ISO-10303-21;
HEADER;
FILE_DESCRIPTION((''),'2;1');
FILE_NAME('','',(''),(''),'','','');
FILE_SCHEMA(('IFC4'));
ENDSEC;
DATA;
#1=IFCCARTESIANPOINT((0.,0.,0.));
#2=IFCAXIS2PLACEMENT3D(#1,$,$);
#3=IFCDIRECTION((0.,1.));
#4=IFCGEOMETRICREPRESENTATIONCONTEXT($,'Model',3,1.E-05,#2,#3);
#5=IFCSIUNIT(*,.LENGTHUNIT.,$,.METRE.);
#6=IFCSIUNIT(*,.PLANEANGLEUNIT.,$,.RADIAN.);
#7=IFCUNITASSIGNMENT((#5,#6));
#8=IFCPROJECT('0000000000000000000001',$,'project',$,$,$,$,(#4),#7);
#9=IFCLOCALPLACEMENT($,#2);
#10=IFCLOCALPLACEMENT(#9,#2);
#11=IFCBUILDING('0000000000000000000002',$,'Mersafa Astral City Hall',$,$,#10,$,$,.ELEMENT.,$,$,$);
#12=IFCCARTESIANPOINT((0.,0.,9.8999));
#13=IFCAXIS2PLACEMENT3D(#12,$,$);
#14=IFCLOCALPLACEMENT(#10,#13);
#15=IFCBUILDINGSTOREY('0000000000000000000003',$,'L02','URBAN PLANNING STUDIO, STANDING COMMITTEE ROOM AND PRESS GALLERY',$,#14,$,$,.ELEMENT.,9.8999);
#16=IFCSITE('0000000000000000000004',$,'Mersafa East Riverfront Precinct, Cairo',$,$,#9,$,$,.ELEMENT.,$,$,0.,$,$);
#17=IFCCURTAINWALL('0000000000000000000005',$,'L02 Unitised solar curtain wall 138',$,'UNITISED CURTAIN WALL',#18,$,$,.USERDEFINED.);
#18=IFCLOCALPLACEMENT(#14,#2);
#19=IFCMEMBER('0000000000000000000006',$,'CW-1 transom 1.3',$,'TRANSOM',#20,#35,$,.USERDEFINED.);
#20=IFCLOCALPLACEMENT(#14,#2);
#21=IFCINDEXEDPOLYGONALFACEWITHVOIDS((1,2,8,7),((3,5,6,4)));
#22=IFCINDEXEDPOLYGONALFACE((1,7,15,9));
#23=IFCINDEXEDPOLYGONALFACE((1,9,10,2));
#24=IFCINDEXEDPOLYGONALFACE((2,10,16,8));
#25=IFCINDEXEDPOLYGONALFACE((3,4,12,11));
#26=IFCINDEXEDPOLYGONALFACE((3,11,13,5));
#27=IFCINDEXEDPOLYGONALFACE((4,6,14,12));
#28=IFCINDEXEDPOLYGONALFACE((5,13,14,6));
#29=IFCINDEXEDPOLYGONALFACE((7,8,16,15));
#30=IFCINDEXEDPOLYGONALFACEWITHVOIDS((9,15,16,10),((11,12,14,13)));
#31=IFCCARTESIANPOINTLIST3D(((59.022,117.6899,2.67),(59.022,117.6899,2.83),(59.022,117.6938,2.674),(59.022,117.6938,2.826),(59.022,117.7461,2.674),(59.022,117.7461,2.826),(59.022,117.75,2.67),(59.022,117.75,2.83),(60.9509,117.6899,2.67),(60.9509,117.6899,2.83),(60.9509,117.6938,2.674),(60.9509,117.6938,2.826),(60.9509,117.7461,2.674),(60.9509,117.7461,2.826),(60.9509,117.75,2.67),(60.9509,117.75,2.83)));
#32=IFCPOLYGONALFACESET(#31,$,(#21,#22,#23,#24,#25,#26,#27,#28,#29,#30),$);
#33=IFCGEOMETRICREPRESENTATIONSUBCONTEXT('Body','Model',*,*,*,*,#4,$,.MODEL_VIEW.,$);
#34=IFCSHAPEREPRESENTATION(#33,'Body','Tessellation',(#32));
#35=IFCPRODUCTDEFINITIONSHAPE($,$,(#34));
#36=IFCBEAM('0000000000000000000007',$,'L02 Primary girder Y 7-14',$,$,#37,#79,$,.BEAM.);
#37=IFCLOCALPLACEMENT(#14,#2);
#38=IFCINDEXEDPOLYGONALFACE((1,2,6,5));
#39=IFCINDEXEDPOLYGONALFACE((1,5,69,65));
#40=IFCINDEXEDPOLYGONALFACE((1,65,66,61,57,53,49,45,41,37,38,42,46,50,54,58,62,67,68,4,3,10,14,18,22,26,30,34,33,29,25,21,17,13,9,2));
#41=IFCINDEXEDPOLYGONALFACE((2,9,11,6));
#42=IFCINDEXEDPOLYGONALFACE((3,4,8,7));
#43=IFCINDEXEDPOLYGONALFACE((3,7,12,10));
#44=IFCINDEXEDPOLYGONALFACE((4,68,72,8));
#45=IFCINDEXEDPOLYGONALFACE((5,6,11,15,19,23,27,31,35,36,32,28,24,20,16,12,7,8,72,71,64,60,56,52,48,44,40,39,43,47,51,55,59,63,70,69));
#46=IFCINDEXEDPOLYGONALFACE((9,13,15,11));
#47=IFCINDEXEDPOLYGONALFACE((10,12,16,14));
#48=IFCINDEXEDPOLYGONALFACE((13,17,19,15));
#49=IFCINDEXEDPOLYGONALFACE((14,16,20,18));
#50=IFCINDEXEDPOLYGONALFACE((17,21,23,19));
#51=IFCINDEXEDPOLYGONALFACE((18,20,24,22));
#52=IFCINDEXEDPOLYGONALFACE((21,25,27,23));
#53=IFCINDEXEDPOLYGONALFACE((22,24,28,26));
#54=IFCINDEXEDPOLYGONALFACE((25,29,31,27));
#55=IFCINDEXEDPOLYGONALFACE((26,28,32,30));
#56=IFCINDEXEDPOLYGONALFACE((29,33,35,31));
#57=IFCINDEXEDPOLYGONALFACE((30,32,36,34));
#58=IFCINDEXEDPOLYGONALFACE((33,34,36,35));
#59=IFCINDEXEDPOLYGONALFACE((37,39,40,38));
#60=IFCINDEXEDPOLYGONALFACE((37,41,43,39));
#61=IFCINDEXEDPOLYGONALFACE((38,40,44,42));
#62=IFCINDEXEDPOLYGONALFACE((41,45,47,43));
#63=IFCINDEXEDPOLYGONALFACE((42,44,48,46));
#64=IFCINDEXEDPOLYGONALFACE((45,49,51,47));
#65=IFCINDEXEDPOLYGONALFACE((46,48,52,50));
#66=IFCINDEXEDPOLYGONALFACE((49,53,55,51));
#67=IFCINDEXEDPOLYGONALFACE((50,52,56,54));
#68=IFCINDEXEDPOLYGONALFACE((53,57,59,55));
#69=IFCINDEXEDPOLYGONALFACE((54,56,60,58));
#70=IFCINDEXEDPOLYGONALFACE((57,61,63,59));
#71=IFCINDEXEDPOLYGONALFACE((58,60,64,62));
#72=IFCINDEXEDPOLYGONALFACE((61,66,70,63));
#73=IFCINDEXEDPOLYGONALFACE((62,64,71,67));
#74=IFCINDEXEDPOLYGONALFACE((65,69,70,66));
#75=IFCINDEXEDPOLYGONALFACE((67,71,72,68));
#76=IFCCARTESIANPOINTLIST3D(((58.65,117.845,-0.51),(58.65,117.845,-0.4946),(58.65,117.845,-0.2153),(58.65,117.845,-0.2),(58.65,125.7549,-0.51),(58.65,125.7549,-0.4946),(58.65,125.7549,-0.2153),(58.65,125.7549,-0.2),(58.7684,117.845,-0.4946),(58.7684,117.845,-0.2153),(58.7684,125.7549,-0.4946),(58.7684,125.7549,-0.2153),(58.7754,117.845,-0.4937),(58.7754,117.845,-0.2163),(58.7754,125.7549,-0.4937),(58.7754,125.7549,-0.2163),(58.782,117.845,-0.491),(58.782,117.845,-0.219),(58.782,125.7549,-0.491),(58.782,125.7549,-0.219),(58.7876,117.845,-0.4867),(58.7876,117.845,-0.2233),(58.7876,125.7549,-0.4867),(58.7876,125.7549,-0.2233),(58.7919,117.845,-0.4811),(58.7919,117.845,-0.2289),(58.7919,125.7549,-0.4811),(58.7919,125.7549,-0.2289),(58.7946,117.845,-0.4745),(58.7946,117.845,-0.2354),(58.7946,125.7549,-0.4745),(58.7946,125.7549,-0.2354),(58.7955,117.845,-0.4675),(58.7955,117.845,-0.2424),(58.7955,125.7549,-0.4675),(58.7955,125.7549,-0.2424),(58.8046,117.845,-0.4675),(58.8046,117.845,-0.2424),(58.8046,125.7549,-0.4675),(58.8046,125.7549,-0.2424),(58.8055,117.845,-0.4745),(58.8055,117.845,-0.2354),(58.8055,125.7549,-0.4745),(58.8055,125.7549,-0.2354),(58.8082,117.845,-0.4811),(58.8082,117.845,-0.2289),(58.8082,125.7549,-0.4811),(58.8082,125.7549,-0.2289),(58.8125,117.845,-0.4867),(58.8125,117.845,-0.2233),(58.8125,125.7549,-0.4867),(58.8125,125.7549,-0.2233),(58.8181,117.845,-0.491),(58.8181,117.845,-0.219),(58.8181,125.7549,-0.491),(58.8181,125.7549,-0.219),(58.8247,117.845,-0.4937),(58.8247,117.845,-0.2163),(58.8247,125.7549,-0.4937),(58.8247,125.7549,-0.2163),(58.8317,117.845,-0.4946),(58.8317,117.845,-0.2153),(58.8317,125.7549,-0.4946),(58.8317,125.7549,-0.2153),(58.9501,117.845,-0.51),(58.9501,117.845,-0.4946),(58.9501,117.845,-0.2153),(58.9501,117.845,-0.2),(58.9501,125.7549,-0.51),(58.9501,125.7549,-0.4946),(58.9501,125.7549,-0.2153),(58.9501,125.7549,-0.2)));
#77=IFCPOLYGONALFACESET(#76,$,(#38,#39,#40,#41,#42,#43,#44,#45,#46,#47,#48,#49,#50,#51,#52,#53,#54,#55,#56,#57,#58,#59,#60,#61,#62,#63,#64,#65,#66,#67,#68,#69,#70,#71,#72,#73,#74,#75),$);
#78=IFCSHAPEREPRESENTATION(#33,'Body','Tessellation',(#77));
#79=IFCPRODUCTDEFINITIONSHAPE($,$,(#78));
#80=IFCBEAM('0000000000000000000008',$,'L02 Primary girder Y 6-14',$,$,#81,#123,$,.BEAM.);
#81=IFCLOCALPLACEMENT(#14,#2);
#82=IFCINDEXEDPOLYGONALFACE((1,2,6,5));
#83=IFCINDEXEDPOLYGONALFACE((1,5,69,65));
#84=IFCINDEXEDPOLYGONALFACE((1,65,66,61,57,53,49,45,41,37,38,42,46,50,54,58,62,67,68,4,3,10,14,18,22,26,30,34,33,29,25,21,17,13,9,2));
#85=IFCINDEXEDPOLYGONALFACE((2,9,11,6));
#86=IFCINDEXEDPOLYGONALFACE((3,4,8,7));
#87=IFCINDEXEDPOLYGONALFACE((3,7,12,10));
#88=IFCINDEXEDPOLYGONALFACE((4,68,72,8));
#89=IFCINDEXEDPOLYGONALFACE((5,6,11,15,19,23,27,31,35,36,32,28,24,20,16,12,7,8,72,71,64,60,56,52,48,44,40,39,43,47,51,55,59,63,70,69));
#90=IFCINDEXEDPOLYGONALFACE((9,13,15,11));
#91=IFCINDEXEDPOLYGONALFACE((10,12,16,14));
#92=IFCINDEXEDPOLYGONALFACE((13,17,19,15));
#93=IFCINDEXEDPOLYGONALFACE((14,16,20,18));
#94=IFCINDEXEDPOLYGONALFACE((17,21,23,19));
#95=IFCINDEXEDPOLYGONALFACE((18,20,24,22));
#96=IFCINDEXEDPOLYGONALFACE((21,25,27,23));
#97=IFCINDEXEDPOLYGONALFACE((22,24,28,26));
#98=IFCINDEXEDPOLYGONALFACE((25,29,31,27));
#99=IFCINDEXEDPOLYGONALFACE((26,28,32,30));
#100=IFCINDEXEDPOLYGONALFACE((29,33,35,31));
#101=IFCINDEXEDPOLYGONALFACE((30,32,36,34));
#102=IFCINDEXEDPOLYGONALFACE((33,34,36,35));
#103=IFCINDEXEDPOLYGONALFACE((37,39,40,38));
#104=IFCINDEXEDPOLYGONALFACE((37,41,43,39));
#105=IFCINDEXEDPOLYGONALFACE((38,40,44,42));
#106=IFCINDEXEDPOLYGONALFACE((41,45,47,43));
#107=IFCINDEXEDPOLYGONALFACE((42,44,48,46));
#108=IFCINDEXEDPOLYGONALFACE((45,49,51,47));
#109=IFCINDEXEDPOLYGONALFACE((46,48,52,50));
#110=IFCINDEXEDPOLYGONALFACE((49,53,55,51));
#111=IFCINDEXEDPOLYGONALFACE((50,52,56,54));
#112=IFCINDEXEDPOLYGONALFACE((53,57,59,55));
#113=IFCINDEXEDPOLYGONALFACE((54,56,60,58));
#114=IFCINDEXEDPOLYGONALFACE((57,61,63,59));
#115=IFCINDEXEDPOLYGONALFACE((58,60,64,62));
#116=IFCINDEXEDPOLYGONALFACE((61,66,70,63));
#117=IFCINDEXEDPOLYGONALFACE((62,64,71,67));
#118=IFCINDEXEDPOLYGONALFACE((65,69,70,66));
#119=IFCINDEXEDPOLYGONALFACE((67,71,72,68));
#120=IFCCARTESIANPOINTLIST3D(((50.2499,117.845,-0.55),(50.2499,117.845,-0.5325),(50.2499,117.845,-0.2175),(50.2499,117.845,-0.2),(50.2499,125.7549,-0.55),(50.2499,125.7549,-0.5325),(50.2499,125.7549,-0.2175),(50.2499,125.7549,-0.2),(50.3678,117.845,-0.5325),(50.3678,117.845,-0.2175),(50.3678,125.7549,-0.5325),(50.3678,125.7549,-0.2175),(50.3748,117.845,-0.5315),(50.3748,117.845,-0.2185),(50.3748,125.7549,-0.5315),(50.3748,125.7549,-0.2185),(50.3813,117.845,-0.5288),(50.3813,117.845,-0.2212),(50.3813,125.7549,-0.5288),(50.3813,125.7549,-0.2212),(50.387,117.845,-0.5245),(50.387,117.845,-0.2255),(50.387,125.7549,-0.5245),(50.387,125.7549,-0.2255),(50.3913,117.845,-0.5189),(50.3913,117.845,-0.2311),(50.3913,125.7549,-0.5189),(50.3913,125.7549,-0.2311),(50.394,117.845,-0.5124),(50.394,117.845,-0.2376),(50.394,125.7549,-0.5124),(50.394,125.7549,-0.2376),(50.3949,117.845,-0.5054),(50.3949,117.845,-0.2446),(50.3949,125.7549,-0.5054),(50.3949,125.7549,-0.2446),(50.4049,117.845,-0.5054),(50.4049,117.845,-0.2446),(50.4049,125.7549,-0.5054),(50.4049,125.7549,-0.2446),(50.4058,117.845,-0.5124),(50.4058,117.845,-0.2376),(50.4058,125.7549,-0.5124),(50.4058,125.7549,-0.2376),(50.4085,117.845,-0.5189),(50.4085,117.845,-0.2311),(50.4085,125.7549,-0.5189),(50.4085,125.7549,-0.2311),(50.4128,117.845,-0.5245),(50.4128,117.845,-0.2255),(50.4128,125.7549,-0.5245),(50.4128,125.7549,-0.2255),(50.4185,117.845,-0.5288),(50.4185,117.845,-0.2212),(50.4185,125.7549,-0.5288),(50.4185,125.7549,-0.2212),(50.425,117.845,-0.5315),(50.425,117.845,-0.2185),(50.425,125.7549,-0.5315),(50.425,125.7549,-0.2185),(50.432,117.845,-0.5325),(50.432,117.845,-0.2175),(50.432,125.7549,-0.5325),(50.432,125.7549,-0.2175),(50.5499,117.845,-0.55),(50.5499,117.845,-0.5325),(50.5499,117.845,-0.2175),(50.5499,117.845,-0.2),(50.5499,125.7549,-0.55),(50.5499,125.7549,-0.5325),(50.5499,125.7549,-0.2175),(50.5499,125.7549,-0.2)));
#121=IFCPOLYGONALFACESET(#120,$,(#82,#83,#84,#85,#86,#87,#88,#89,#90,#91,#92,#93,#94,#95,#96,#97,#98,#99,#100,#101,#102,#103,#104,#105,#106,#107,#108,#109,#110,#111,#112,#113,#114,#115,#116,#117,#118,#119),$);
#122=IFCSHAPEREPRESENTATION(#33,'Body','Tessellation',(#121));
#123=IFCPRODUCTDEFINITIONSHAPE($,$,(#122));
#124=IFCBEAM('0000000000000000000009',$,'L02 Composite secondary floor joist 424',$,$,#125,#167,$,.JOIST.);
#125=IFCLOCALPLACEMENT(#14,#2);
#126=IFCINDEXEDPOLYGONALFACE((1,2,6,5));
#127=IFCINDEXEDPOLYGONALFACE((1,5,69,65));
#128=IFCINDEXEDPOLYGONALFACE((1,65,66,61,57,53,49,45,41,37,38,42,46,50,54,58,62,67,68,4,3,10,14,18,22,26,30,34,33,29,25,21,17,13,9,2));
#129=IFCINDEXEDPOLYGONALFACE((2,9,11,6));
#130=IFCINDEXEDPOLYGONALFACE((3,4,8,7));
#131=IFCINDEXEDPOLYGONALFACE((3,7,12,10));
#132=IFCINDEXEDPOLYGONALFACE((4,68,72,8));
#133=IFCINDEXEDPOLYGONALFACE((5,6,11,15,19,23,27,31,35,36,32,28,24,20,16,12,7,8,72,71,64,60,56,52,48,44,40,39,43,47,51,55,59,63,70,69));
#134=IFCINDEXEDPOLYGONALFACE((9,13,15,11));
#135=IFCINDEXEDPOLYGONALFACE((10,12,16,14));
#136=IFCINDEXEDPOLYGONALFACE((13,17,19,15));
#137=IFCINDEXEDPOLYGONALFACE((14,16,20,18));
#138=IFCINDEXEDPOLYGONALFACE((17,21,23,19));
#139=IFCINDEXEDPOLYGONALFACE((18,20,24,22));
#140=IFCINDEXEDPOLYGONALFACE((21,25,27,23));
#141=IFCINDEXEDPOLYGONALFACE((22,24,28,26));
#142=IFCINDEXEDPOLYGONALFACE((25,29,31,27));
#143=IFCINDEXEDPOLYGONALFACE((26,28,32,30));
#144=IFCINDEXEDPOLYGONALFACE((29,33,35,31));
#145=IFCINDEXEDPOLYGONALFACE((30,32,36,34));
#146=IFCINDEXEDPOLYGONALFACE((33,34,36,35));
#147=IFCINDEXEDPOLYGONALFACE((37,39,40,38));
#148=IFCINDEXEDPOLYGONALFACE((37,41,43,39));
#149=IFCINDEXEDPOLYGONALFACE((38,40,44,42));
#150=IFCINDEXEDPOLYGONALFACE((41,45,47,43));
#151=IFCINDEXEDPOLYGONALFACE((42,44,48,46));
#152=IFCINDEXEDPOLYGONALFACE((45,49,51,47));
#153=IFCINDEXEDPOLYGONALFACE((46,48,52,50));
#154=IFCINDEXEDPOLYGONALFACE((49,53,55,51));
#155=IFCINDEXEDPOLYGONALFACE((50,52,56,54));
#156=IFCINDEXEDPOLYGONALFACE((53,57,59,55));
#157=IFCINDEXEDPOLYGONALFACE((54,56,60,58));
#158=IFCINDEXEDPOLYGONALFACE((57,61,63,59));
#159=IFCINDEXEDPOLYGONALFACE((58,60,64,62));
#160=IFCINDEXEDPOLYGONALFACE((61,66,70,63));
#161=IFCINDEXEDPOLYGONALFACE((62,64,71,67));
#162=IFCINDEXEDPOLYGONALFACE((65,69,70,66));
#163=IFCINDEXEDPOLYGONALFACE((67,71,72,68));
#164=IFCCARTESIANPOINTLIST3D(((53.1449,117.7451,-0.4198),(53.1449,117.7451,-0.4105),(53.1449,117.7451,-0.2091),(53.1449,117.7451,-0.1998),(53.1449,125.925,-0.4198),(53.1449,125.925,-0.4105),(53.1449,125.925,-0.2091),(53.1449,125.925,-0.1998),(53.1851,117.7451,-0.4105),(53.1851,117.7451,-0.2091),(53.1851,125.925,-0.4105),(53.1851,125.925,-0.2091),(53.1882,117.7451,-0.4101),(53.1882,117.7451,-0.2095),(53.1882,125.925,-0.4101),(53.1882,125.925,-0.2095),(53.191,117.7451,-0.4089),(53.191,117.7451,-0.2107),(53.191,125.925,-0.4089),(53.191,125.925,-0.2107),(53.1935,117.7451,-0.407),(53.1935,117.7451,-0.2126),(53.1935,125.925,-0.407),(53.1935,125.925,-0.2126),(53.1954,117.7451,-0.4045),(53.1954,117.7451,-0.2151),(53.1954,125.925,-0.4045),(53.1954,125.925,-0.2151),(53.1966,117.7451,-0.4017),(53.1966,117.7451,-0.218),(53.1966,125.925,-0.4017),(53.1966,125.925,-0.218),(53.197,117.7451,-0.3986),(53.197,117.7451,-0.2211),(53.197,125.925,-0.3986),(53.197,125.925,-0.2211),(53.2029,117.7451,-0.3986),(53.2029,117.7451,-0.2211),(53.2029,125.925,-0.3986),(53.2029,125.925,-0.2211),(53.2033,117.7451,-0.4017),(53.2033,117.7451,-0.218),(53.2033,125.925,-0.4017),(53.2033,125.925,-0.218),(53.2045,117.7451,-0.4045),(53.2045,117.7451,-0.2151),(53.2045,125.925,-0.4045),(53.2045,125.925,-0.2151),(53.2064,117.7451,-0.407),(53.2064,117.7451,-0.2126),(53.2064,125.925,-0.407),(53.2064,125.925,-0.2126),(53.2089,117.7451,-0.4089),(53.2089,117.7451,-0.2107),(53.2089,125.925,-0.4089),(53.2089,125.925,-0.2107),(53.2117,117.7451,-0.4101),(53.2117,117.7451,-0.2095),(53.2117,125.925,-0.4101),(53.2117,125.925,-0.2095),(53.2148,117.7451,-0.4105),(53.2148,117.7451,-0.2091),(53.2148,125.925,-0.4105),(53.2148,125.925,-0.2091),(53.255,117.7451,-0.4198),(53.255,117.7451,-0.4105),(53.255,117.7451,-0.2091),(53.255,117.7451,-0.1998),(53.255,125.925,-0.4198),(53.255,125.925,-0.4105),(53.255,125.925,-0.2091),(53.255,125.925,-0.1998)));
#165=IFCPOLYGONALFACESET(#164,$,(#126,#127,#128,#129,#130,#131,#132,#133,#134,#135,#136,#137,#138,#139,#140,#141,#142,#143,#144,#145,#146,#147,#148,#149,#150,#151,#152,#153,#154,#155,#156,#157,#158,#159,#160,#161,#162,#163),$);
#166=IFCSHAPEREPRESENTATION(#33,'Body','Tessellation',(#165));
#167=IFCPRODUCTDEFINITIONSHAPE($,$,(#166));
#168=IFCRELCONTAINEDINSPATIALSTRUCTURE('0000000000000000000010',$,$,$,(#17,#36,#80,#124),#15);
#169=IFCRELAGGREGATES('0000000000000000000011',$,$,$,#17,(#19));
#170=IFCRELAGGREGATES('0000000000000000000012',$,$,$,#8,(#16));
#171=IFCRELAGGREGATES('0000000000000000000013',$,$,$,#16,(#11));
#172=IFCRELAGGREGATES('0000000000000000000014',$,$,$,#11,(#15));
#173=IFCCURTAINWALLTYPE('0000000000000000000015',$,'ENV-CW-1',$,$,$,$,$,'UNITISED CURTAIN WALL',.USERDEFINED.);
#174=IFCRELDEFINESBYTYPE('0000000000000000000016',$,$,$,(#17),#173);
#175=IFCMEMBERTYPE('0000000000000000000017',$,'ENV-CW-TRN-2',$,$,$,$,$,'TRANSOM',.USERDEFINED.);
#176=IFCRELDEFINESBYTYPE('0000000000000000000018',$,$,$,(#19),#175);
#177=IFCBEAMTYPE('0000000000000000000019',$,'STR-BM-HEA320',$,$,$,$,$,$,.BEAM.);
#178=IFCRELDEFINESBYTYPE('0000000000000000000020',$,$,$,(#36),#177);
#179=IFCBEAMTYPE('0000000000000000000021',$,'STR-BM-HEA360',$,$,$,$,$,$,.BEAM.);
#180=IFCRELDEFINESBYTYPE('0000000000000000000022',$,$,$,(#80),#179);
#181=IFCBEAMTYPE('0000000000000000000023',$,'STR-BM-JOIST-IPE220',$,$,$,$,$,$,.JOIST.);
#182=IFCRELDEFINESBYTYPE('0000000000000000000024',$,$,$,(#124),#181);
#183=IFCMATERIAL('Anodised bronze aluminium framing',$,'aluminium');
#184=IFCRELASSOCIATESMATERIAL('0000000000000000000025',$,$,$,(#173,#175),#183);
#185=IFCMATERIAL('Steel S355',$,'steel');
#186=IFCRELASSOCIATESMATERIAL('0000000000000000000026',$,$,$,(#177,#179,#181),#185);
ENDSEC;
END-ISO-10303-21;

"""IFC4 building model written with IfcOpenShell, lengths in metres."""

from ifc_helpers import new_model, si_unit, direction, frame, origin, origin_2d, place, context, subcontext, project, spatial, hollow_rectangle, i_section, extrude, material, material_profile, profile_set, type_object, element, aggregate, save


model = new_model("IFC4")

# Units and contexts
model_context = context("Model", 3, precision=1e-05, world=origin(), true_north=direction((0.0, 1.0)))
body_context = subcontext(model_context, "Body", "Model", "MODEL_VIEW")
ifc_project = project(units=[si_unit("LENGTHUNIT", "METRE"), si_unit("PLANEANGLEUNIT", "RADIAN")], contexts=[model_context])

# Site, building, storey
site_placement = place(None, origin())
site = spatial("IfcSite", under=ifc_project, at=site_placement, Name="Mersafa East Riverfront Precinct, Cairo", CompositionType="ELEMENT", RefElevation=0.0)
building_placement = place(site_placement, origin())
building = spatial("IfcBuilding", under=site, at=building_placement, Name="Mersafa Astral City Hall", CompositionType="ELEMENT")
storey_placement = place(building_placement, frame((0.0, 0.0, 9.8999)))
storey = spatial("IfcBuildingStorey", under=building, at=storey_placement, Name="L02", Description="URBAN PLANNING STUDIO, STANDING COMMITTEE ROOM AND PRESS GALLERY", CompositionType="ELEMENT", Elevation=9.8999)

# Shared definitions
ifc_material_1 = material(Name="Steel S355", Category="steel")

# Curtain wall, member
ifc_material_2 = material(Name="Anodised bronze aluminium framing", Category="aluminium")
curtain_wall_type = type_object("IfcCurtainWallType", Name="ENV-CW-1", ElementType="UNITISED CURTAIN WALL", PredefinedType="USERDEFINED", material=ifc_material_2)
curtain_wall_placement = place(storey_placement, origin())
curtain_wall = element("IfcCurtainWall", 1, at=curtain_wall_placement, inside=storey, type_object=curtain_wall_type, Name="L02 Unitised solar curtain wall 138", ObjectType="UNITISED CURTAIN WALL", PredefinedType="USERDEFINED")
ifc_material_profile_1 = material_profile(ifc_material_2, hollow_rectangle(XDim=0.0601, YDim=0.1599, WallThickness=0.0039, at=origin_2d()), Name="RHS 60x160x4")
ifc_profile_set_1 = profile_set([ifc_material_profile_1], Name="Anodised bronze aluminium framing")
member_type_1 = type_object("IfcMemberType", Name="ENV-CW-TRN-2", ElementType="TRANSOM", PredefinedType="USERDEFINED", material=ifc_profile_set_1)
member_1_placement = place(storey_placement, frame((59.022, 117.72, 2.75), z_axis=(1.0, 0.0, 0.0), x_axis=(0.0, 1.0, 0.0)))
member_1 = element("IfcMember", 2, at=member_1_placement, type_object=member_type_1, Name="CW-1 transom 1.3", ObjectType="TRANSOM", PredefinedType="USERDEFINED", context=body_context, shape_type="SweptSolid", body=[
    extrude(hollow_rectangle(XDim=0.0601, YDim=0.1599, WallThickness=0.0039, at=origin_2d()), origin(), (0.0, 0.0, 1.0), 1.929),
])
aggregate(curtain_wall, [member_1])

# Beams
ifc_material_profile_2 = material_profile(ifc_material_1, i_section(OverallWidth=0.3, OverallDepth=0.3101, WebThickness=0.009, FlangeThickness=0.0154, FilletRadius=0.0271, at=origin_2d()), Name="HEA 320")
ifc_profile_set_2 = profile_set([ifc_material_profile_2], Name="Steel S355")
beam_type_1 = type_object("IfcBeamType", Name="STR-BM-HEA320", PredefinedType="BEAM", material=ifc_profile_set_2)
beam_1_placement = place(storey_placement, frame((58.8, 117.845, -0.355), z_axis=(0.0, 1.0, 0.0), x_axis=(-1.0, 0.0, 0.0)))
element("IfcBeam", 3, at=beam_1_placement, inside=storey, type_object=beam_type_1, Name="L02 Primary girder Y 7-14", PredefinedType="BEAM", context=body_context, shape_type="SweptSolid", body=[
    extrude(i_section(OverallWidth=0.3, OverallDepth=0.3101, WebThickness=0.009, FlangeThickness=0.0154, FilletRadius=0.0271, at=origin_2d()), origin(), (0.0, 0.0, 1.0), 7.9099),
])
ifc_material_profile_3 = material_profile(ifc_material_1, i_section(OverallWidth=0.3, OverallDepth=0.3501, WebThickness=0.01, FlangeThickness=0.0176, FilletRadius=0.0271, at=origin_2d()), Name="HEA 360")
ifc_profile_set_3 = profile_set([ifc_material_profile_3], Name="Steel S355")
beam_type_2 = type_object("IfcBeamType", Name="STR-BM-HEA360", PredefinedType="BEAM", material=ifc_profile_set_3)
beam_2_placement = place(storey_placement, frame((50.3999, 117.845, -0.375), z_axis=(0.0, 1.0, 0.0), x_axis=(-1.0, 0.0, 0.0)))
element("IfcBeam", 4, at=beam_2_placement, inside=storey, type_object=beam_type_2, Name="L02 Primary girder Y 6-14", PredefinedType="BEAM", context=body_context, shape_type="SweptSolid", body=[
    extrude(i_section(OverallWidth=0.3, OverallDepth=0.3501, WebThickness=0.01, FlangeThickness=0.0176, FilletRadius=0.0271, at=origin_2d()), origin(), (0.0, 0.0, 1.0), 7.9099),
])
ifc_material_profile_4 = material_profile(ifc_material_1, i_section(OverallWidth=0.1101, OverallDepth=0.22, WebThickness=0.0059, FlangeThickness=0.0093, FilletRadius=0.012, at=origin_2d()), Name="IPE 220")
ifc_profile_set_4 = profile_set([ifc_material_profile_4], Name="Steel S355")
beam_type_3 = type_object("IfcBeamType", Name="STR-BM-JOIST-IPE220", PredefinedType="JOIST", material=ifc_profile_set_4)
for number, where, z_axis, x_axis, name in (
    (5, (53.2, 117.7451, -0.3098), (0.0, 1.0, 0.0), (-1.0, 0.0, 0.0), "L02 Composite secondary floor joist 424"),
):
    element("IfcBeam", number, at=place(storey_placement, frame(where, z_axis=z_axis, x_axis=x_axis)), inside=storey, type_object=beam_type_3, Name=name, PredefinedType="JOIST", context=body_context, shape_type="SweptSolid", body=[
        extrude(i_section(OverallWidth=0.1101, OverallDepth=0.22, WebThickness=0.0059, FlangeThickness=0.0093, FilletRadius=0.012, at=origin_2d()), origin(), (0.0, 0.0, 1.0), 8.1799),
    ])

save(model, "model.ifc")
